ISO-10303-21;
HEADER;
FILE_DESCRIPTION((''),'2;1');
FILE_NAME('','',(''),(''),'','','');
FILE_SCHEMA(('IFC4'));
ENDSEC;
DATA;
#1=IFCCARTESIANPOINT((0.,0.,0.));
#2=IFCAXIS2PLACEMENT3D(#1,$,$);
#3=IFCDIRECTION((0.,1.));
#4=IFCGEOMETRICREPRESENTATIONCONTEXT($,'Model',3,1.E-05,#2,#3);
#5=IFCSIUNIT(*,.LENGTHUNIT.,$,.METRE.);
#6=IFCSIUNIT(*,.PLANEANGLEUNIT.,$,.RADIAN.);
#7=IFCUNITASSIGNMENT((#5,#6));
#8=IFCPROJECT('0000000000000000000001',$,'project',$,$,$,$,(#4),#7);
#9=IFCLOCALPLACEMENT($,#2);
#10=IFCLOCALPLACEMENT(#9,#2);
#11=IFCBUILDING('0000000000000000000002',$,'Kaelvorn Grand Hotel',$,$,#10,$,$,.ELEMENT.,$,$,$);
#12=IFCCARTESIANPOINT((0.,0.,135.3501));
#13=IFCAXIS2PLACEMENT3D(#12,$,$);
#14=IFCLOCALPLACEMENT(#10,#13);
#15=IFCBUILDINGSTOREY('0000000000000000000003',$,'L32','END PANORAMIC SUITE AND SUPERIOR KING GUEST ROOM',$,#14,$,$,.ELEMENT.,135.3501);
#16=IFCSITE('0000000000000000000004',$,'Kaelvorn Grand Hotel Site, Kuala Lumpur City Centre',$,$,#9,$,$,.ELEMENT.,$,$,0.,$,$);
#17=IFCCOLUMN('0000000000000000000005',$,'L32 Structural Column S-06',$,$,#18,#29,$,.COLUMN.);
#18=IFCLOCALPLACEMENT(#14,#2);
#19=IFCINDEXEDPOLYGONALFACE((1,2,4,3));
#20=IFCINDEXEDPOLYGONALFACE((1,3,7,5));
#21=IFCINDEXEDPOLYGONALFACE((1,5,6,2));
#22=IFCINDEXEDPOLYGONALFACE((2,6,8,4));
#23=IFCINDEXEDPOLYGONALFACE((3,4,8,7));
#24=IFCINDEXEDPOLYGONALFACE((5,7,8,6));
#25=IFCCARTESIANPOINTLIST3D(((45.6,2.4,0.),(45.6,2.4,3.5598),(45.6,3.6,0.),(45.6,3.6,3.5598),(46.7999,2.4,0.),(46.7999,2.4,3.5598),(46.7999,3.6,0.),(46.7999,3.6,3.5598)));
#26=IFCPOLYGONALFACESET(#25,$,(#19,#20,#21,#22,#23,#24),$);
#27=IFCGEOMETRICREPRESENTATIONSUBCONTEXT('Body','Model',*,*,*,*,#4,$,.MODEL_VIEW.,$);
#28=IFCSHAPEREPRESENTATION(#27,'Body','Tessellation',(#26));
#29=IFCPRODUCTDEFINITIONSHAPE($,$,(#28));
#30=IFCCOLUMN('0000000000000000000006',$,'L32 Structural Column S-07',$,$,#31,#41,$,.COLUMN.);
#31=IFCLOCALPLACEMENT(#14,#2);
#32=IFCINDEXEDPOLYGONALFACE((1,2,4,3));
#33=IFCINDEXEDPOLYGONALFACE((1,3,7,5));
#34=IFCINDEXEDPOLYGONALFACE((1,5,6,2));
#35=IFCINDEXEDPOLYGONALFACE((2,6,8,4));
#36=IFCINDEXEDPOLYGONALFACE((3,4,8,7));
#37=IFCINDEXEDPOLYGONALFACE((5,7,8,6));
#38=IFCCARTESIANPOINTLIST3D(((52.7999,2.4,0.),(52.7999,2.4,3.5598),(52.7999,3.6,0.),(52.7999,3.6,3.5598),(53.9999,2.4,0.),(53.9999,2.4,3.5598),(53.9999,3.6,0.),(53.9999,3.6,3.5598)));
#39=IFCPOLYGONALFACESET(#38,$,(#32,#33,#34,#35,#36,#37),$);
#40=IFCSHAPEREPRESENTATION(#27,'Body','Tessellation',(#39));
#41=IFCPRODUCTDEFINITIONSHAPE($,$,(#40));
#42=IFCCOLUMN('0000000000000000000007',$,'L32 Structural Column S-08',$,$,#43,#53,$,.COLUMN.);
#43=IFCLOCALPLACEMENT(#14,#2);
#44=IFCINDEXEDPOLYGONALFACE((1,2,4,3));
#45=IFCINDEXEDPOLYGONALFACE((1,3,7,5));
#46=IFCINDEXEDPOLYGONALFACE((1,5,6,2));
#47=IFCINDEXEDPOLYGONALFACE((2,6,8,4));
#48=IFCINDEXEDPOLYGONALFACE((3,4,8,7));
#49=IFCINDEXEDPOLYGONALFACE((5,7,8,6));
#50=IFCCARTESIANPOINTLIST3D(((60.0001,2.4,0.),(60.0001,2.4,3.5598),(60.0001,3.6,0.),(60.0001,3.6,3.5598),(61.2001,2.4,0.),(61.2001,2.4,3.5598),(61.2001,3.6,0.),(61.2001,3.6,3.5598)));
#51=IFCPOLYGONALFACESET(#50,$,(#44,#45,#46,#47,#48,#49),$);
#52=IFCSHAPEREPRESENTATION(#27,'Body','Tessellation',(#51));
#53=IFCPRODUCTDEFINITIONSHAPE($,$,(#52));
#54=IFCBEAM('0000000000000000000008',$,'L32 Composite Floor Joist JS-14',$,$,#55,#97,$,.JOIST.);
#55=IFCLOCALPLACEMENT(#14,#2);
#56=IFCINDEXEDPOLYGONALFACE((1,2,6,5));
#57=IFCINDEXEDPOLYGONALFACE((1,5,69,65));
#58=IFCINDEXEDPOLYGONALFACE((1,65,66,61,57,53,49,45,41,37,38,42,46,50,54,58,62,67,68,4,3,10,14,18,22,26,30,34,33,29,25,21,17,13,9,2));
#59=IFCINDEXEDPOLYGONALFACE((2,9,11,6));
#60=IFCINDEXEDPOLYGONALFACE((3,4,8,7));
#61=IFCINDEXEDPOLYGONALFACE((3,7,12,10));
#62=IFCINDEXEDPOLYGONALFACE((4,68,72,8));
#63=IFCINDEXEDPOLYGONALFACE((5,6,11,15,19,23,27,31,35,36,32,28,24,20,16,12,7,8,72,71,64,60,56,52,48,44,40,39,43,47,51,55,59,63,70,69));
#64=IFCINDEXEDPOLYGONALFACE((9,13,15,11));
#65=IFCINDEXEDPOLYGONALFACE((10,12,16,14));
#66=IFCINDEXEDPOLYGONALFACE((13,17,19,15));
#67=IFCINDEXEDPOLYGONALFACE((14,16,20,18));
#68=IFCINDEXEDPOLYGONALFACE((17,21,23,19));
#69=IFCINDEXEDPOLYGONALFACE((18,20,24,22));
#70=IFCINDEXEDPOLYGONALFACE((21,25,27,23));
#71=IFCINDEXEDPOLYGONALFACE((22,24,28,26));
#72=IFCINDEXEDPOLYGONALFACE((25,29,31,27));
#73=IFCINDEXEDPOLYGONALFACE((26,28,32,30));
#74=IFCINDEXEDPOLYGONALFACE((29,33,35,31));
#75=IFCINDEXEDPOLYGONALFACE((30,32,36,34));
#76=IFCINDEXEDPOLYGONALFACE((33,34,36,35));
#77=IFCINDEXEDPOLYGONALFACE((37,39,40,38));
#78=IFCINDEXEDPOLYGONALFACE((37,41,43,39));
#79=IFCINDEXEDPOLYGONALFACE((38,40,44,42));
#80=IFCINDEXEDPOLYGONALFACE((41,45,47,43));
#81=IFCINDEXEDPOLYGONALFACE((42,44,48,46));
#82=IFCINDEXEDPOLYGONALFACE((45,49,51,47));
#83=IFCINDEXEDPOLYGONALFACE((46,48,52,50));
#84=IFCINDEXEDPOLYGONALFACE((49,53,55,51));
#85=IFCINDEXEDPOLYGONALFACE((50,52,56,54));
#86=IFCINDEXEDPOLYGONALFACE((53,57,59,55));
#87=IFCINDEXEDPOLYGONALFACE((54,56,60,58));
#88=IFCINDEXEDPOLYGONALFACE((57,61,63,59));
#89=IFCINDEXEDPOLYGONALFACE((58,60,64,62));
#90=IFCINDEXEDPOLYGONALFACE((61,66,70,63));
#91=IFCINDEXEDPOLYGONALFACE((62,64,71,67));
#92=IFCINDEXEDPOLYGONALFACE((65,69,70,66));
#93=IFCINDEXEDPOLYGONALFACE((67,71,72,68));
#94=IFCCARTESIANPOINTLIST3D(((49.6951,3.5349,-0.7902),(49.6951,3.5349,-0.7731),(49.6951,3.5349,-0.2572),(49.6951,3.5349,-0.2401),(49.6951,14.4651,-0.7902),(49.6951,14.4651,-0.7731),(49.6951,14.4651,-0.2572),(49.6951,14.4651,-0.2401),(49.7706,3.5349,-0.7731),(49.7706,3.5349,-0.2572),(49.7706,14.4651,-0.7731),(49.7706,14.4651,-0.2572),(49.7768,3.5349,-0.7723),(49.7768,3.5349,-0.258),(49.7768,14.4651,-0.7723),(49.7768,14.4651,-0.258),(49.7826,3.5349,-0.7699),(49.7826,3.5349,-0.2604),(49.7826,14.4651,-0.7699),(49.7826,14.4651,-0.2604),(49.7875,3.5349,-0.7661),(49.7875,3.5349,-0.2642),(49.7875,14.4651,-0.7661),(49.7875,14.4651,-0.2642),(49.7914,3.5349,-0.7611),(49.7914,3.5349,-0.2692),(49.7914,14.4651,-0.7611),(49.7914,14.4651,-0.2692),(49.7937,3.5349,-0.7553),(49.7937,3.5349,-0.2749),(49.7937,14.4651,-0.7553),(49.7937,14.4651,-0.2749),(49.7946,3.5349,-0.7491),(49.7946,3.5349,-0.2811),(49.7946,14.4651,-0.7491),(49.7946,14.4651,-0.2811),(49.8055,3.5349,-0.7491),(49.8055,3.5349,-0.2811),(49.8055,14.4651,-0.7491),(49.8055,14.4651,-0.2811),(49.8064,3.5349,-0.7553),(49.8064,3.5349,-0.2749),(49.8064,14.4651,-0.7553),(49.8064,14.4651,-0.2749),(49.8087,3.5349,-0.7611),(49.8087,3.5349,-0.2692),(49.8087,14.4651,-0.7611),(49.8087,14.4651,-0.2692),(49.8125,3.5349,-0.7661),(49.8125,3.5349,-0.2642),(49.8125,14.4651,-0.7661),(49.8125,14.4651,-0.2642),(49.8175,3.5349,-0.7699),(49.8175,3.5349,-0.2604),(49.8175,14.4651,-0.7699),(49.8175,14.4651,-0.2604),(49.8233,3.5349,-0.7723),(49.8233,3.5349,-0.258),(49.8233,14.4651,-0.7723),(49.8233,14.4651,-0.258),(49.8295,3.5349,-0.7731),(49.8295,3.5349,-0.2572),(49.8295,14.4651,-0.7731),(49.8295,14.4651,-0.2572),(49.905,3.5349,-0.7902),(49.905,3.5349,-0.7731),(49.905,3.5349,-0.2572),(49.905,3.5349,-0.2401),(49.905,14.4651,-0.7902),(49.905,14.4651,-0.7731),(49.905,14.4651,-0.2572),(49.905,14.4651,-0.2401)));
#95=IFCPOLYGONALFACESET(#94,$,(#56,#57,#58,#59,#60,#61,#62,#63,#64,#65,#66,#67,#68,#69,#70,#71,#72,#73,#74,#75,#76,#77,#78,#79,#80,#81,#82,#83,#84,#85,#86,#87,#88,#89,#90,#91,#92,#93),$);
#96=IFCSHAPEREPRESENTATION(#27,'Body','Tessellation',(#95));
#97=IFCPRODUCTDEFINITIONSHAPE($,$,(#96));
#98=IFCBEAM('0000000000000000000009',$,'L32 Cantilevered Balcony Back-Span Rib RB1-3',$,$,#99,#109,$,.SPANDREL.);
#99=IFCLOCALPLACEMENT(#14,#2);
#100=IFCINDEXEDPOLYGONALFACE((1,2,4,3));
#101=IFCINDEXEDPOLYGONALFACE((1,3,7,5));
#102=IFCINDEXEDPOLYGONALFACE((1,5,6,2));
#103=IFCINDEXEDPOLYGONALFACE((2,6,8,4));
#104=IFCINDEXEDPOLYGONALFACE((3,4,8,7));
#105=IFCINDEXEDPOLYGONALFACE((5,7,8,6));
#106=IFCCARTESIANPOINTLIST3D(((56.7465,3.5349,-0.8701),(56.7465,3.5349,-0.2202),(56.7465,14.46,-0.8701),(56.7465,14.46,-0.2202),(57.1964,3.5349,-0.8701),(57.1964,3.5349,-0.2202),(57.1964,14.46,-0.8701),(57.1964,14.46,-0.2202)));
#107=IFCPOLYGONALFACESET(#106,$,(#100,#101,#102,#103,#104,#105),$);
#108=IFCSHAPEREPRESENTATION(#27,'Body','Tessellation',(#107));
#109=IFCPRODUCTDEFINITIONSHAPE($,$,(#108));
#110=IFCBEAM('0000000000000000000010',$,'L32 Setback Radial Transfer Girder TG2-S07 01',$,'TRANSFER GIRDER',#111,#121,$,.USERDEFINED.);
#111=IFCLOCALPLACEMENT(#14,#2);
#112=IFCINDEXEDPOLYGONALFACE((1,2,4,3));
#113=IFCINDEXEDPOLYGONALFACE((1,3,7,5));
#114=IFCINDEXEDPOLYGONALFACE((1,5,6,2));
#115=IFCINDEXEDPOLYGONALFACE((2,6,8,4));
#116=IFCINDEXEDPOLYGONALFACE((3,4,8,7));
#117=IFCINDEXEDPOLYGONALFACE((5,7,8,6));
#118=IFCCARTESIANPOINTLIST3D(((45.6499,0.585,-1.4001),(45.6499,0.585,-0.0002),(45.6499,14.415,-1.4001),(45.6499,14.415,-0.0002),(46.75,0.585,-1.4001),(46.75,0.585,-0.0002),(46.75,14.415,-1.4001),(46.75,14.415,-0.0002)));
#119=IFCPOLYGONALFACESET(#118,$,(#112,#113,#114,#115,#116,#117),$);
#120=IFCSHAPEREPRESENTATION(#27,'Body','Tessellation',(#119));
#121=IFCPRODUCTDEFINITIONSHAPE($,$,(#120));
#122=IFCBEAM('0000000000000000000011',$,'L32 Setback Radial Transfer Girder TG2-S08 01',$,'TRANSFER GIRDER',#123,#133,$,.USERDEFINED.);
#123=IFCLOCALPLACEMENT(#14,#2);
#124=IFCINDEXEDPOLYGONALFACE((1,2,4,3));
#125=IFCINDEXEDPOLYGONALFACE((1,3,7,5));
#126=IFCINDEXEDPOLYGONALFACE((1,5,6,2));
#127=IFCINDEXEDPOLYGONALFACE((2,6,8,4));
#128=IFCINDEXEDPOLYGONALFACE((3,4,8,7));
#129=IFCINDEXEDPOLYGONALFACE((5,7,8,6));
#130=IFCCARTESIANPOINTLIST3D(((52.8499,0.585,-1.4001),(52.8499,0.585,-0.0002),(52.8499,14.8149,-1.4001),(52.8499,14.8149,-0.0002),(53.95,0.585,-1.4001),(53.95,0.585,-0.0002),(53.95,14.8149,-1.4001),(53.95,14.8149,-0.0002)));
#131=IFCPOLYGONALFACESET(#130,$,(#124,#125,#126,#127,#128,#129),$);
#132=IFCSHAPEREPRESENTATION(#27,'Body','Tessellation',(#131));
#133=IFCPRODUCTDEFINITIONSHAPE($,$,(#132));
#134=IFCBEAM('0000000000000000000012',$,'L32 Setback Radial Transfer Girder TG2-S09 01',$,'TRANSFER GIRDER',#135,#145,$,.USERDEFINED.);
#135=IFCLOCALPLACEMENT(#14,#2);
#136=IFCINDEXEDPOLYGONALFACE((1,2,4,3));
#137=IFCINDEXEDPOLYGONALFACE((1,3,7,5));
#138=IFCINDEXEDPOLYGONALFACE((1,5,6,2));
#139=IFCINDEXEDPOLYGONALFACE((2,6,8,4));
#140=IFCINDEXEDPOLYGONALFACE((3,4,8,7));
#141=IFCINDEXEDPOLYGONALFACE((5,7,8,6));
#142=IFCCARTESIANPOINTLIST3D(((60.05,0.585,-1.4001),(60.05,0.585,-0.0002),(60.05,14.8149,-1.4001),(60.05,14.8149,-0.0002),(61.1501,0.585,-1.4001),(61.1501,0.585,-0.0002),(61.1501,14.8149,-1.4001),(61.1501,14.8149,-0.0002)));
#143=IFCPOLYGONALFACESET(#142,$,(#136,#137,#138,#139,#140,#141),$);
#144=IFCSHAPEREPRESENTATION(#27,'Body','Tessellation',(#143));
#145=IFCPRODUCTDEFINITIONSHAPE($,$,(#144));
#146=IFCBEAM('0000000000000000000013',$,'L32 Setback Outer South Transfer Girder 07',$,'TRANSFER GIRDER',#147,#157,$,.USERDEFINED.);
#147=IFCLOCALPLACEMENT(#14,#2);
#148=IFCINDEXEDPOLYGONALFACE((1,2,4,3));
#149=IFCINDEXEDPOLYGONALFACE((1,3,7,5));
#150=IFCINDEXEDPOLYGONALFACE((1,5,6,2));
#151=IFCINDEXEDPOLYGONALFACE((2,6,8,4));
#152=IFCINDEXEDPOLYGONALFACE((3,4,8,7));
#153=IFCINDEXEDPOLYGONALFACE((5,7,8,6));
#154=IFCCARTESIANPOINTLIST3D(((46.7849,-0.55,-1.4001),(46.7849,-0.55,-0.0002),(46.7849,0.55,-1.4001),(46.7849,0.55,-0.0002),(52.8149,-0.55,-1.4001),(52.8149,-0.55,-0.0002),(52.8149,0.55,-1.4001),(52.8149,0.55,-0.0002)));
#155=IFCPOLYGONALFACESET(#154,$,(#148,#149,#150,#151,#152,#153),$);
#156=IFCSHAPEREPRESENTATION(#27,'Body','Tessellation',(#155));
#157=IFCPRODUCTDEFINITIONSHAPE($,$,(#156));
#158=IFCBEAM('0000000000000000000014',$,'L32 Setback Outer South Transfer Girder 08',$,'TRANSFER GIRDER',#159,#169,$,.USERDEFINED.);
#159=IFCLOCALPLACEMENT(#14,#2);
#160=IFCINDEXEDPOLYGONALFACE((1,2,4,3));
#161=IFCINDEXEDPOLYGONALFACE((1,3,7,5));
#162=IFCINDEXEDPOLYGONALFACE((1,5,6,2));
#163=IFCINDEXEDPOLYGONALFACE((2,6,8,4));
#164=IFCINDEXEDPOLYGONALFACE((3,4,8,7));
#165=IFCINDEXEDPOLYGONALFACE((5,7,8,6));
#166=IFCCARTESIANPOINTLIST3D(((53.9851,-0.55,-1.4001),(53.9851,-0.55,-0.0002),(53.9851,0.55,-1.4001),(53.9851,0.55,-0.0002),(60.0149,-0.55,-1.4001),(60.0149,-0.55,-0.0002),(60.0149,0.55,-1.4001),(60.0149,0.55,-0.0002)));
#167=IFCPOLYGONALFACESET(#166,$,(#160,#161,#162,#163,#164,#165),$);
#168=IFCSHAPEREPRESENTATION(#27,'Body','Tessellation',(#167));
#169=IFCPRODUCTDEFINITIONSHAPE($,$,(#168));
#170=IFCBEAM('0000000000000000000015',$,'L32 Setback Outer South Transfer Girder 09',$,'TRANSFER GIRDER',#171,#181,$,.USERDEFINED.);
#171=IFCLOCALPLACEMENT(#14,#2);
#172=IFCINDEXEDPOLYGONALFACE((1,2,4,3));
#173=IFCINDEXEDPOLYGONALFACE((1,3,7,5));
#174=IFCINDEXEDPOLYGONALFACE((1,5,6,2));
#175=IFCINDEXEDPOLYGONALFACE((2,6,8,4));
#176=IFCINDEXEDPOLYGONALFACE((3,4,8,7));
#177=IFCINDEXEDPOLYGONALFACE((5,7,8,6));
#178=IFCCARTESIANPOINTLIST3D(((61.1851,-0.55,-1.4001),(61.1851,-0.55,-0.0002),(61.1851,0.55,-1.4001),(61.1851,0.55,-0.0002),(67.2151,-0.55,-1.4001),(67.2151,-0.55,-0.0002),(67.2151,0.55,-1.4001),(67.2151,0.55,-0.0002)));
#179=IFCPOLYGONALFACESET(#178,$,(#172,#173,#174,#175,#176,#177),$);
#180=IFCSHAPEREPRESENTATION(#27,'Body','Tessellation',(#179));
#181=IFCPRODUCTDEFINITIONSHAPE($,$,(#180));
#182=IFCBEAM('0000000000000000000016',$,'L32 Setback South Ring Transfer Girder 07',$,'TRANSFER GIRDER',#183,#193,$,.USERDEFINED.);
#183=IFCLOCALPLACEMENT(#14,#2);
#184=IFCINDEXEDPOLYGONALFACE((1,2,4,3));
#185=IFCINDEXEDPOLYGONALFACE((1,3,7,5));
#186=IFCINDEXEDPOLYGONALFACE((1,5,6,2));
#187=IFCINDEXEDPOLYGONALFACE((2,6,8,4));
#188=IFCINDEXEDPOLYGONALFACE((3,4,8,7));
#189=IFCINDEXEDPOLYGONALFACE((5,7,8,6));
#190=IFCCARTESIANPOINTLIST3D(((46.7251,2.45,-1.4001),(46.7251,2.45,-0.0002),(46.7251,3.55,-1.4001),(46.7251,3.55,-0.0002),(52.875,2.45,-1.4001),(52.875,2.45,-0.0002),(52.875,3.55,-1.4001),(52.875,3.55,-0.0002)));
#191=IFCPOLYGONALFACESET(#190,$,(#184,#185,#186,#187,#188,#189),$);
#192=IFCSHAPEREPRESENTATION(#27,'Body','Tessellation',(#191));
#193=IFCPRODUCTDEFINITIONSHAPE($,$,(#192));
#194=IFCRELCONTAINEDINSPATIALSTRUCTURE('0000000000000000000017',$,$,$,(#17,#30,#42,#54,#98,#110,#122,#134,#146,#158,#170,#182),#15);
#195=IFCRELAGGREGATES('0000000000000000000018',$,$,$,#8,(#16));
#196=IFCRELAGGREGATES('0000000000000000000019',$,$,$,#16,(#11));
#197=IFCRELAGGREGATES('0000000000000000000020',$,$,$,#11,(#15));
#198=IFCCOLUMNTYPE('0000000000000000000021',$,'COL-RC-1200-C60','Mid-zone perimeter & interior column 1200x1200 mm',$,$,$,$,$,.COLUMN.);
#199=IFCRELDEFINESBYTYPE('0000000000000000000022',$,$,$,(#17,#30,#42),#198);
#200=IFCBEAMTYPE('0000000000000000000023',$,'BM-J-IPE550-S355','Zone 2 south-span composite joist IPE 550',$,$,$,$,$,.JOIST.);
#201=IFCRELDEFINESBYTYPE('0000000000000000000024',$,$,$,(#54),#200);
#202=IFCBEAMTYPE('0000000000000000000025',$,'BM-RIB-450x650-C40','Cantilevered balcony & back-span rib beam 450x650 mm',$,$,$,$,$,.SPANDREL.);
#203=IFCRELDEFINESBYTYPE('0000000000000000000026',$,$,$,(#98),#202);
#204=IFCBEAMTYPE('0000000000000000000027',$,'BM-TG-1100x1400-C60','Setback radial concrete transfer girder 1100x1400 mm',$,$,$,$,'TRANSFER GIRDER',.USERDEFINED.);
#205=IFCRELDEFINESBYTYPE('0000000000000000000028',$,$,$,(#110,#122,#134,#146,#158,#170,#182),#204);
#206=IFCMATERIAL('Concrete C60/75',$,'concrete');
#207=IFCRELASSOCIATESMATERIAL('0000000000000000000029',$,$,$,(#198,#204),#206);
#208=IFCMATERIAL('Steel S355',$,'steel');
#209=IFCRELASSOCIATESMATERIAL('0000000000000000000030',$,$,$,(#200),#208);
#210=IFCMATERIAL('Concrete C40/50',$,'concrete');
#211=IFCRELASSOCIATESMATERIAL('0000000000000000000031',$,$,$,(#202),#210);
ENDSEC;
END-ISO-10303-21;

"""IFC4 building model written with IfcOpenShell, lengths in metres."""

from ifc_helpers import new_model, si_unit, direction, frame, origin, origin_2d, place, context, subcontext, project, spatial, rectangle, i_section, extrude, material, material_profile, profile_set, type_object, element, save


model = new_model("IFC4")

# Units and contexts
model_context = context("Model", 3, precision=1e-05, world=origin(), true_north=direction((0.0, 1.0)))
body_context = subcontext(model_context, "Body", "Model", "MODEL_VIEW")
ifc_project = project(units=[si_unit("LENGTHUNIT", "METRE"), si_unit("PLANEANGLEUNIT", "RADIAN")], contexts=[model_context])

# Site, building, storey
site_placement = place(None, origin())
site = spatial("IfcSite", under=ifc_project, at=site_placement, Name="Kaelvorn Grand Hotel Site, Kuala Lumpur City Centre", CompositionType="ELEMENT", RefElevation=0.0)
building_placement = place(site_placement, origin())
building = spatial("IfcBuilding", under=site, at=building_placement, Name="Kaelvorn Grand Hotel", CompositionType="ELEMENT")
storey_placement = place(building_placement, frame((0.0, 0.0, 135.3501)))
storey = spatial("IfcBuildingStorey", under=building, at=storey_placement, Name="L32", Description="END PANORAMIC SUITE AND SUPERIOR KING GUEST ROOM", CompositionType="ELEMENT", Elevation=135.3501)

# Columns
ifc_material_1 = material(Name="Concrete C60/75", Category="concrete")
ifc_material_profile_1 = material_profile(ifc_material_1, rectangle(XDim=1.2, YDim=1.2, at=origin_2d()), Name="RC COL 1200x1200")
ifc_profile_set_1 = profile_set([ifc_material_profile_1], Name="Concrete C60/75")
column_type = type_object("IfcColumnType", Name="COL-RC-1200-C60", Description="Mid-zone perimeter & interior column 1200x1200 mm", PredefinedType="COLUMN", material=ifc_profile_set_1)
for number, where, z_axis, x_axis, name in (
    (1, (46.2, 3.0, 0.0), (0.0, 0.0, 1.0), (1.0, 0.0, 0.0), "L32 Structural Column S-06"),
    (2, (53.3999, 3.0, 0.0), (0.0, 0.0, 1.0), (1.0, 0.0, 0.0), "L32 Structural Column S-07"),
    (3, (60.6001, 3.0, 0.0), (0.0, 0.0, 1.0), (1.0, 0.0, 0.0), "L32 Structural Column S-08"),
):
    element("IfcColumn", number, at=place(storey_placement, frame(where, z_axis=z_axis, x_axis=x_axis)), inside=storey, type_object=column_type, Name=name, PredefinedType="COLUMN", context=body_context, shape_type="SweptSolid", body=[
        extrude(rectangle(XDim=1.2, YDim=1.2, at=origin_2d()), origin(), (0.0, 0.0, 1.0), 3.5598),
    ])

# Beams
ifc_material_2 = material(Name="Steel S355", Category="steel")
ifc_material_profile_2 = material_profile(ifc_material_2, i_section(OverallWidth=0.21, OverallDepth=0.55, WebThickness=0.011, FlangeThickness=0.0171, FilletRadius=0.0239, at=origin_2d()), Name="IPE 550")
ifc_profile_set_2 = profile_set([ifc_material_profile_2], Name="Steel S355")
beam_type_1 = type_object("IfcBeamType", Name="BM-J-IPE550-S355", Description="Zone 2 south-span composite joist IPE 550", PredefinedType="JOIST", material=ifc_profile_set_2)
beam_1_placement = place(storey_placement, frame((49.8, 3.5349, -0.5151), z_axis=(0.0, 1.0, 0.0), x_axis=(-1.0, 0.0, 0.0)))
element("IfcBeam", 4, at=beam_1_placement, inside=storey, type_object=beam_type_1, Name="L32 Composite Floor Joist JS-14", PredefinedType="JOIST", context=body_context, shape_type="SweptSolid", body=[
    extrude(i_section(OverallWidth=0.21, OverallDepth=0.55, WebThickness=0.011, FlangeThickness=0.0171, FilletRadius=0.0239, at=origin_2d()), origin(), (0.0, 0.0, 1.0), 10.9302),
])
ifc_material_3 = material(Name="Concrete C40/50", Category="concrete")
ifc_material_profile_3 = material_profile(ifc_material_3, rectangle(XDim=0.45, YDim=0.6499, at=origin_2d()), Name="RC RIB 450x650")
ifc_profile_set_3 = profile_set([ifc_material_profile_3], Name="Concrete C40/50")
beam_type_2 = type_object("IfcBeamType", Name="BM-RIB-450x650-C40", Description="Cantilevered balcony & back-span rib beam 450x650 mm", PredefinedType="SPANDREL", material=ifc_profile_set_3)
beam_2_placement = place(storey_placement, frame((56.9714, 3.5349, -0.5452), z_axis=(0.0, 1.0, 0.0), x_axis=(-1.0, 0.0, 0.0)))
element("IfcBeam", 5, at=beam_2_placement, inside=storey, type_object=beam_type_2, Name="L32 Cantilevered Balcony Back-Span Rib RB1-3", PredefinedType="SPANDREL", context=body_context, shape_type="SweptSolid", body=[
    extrude(rectangle(XDim=0.45, YDim=0.6499, at=origin_2d()), origin(), (0.0, 0.0, 1.0), 10.925),
])
ifc_material_profile_4 = material_profile(ifc_material_1, rectangle(XDim=1.1001, YDim=1.3999, at=origin_2d()), Name="RC TG 1100x1400")
ifc_profile_set_4 = profile_set([ifc_material_profile_4], Name="Concrete C60/75")
beam_type_3 = type_object("IfcBeamType", Name="BM-TG-1100x1400-C60", Description="Setback radial concrete transfer girder 1100x1400 mm", ElementType="TRANSFER GIRDER", PredefinedType="USERDEFINED", material=ifc_profile_set_4)
beam_3_placement = place(storey_placement, frame((46.2, 0.585, -0.7002), z_axis=(0.0, 1.0, 0.0), x_axis=(-1.0, 0.0, 0.0)))
element("IfcBeam", 6, at=beam_3_placement, inside=storey, type_object=beam_type_3, Name="L32 Setback Radial Transfer Girder TG2-S07 01", ObjectType="TRANSFER GIRDER", PredefinedType="USERDEFINED", context=body_context, shape_type="SweptSolid", body=[
    extrude(rectangle(XDim=1.1001, YDim=1.3999, at=origin_2d()), origin(), (0.0, 0.0, 1.0), 13.8301),
])
for number, where, z_axis, x_axis, name in (
    (7, (53.3999, 0.585, -0.7002), (0.0, 1.0, 0.0), (-1.0, 0.0, 0.0), "L32 Setback Radial Transfer Girder TG2-S08 01"),
    (8, (60.6001, 0.585, -0.7002), (0.0, 1.0, 0.0), (-1.0, 0.0, 0.0), "L32 Setback Radial Transfer Girder TG2-S09 01"),
):
    element("IfcBeam", number, at=place(storey_placement, frame(where, z_axis=z_axis, x_axis=x_axis)), inside=storey, type_object=beam_type_3, Name=name, ObjectType="TRANSFER GIRDER", PredefinedType="USERDEFINED", context=body_context, shape_type="SweptSolid", body=[
        extrude(rectangle(XDim=1.1001, YDim=1.3999, at=origin_2d()), origin(), (0.0, 0.0, 1.0), 14.23),
    ])
beam_4_placement = place(storey_placement, frame((46.7849, 0.0, -0.7002), z_axis=(1.0, 0.0, 0.0), x_axis=(0.0, 1.0, 0.0)))
element("IfcBeam", 9, at=beam_4_placement, inside=storey, type_object=beam_type_3, Name="L32 Setback Outer South Transfer Girder 07", ObjectType="TRANSFER GIRDER", PredefinedType="USERDEFINED", context=body_context, shape_type="SweptSolid", body=[
    extrude(rectangle(XDim=1.1001, YDim=1.3999, at=origin_2d()), origin(), (0.0, 0.0, 1.0), 6.03),
])
beam_5_placement = place(storey_placement, frame((53.9851, 0.0, -0.7002), z_axis=(1.0, 0.0, 0.0), x_axis=(0.0, 1.0, 0.0)))
element("IfcBeam", 10, at=beam_5_placement, inside=storey, type_object=beam_type_3, Name="L32 Setback Outer South Transfer Girder 08", ObjectType="TRANSFER GIRDER", PredefinedType="USERDEFINED", context=body_context, shape_type="SweptSolid", body=[
    extrude(rectangle(XDim=1.1001, YDim=1.3999, at=origin_2d()), origin(), (0.0, 0.0, 1.0), 6.0298),
])
beam_6_placement = place(storey_placement, frame((61.1851, 0.0, -0.7002), z_axis=(1.0, 0.0, 0.0), x_axis=(0.0, 1.0, 0.0)))
element("IfcBeam", 11, at=beam_6_placement, inside=storey, type_object=beam_type_3, Name="L32 Setback Outer South Transfer Girder 09", ObjectType="TRANSFER GIRDER", PredefinedType="USERDEFINED", context=body_context, shape_type="SweptSolid", body=[
    extrude(rectangle(XDim=1.1001, YDim=1.3999, at=origin_2d()), origin(), (0.0, 0.0, 1.0), 6.03),
])
for number, where, z_axis, x_axis, name in (
    (12, (46.7251, 3.0, -0.7002), (1.0, 0.0, 0.0), (0.0, 1.0, 0.0), "L32 Setback South Ring Transfer Girder 07"),
):
    element("IfcBeam", number, at=place(storey_placement, frame(where, z_axis=z_axis, x_axis=x_axis)), inside=storey, type_object=beam_type_3, Name=name, ObjectType="TRANSFER GIRDER", PredefinedType="USERDEFINED", context=body_context, shape_type="SweptSolid", body=[
        extrude(rectangle(XDim=1.1001, YDim=1.3999, at=origin_2d()), origin(), (0.0, 0.0, 1.0), 6.1499),
    ])

save(model, "model.ifc")
